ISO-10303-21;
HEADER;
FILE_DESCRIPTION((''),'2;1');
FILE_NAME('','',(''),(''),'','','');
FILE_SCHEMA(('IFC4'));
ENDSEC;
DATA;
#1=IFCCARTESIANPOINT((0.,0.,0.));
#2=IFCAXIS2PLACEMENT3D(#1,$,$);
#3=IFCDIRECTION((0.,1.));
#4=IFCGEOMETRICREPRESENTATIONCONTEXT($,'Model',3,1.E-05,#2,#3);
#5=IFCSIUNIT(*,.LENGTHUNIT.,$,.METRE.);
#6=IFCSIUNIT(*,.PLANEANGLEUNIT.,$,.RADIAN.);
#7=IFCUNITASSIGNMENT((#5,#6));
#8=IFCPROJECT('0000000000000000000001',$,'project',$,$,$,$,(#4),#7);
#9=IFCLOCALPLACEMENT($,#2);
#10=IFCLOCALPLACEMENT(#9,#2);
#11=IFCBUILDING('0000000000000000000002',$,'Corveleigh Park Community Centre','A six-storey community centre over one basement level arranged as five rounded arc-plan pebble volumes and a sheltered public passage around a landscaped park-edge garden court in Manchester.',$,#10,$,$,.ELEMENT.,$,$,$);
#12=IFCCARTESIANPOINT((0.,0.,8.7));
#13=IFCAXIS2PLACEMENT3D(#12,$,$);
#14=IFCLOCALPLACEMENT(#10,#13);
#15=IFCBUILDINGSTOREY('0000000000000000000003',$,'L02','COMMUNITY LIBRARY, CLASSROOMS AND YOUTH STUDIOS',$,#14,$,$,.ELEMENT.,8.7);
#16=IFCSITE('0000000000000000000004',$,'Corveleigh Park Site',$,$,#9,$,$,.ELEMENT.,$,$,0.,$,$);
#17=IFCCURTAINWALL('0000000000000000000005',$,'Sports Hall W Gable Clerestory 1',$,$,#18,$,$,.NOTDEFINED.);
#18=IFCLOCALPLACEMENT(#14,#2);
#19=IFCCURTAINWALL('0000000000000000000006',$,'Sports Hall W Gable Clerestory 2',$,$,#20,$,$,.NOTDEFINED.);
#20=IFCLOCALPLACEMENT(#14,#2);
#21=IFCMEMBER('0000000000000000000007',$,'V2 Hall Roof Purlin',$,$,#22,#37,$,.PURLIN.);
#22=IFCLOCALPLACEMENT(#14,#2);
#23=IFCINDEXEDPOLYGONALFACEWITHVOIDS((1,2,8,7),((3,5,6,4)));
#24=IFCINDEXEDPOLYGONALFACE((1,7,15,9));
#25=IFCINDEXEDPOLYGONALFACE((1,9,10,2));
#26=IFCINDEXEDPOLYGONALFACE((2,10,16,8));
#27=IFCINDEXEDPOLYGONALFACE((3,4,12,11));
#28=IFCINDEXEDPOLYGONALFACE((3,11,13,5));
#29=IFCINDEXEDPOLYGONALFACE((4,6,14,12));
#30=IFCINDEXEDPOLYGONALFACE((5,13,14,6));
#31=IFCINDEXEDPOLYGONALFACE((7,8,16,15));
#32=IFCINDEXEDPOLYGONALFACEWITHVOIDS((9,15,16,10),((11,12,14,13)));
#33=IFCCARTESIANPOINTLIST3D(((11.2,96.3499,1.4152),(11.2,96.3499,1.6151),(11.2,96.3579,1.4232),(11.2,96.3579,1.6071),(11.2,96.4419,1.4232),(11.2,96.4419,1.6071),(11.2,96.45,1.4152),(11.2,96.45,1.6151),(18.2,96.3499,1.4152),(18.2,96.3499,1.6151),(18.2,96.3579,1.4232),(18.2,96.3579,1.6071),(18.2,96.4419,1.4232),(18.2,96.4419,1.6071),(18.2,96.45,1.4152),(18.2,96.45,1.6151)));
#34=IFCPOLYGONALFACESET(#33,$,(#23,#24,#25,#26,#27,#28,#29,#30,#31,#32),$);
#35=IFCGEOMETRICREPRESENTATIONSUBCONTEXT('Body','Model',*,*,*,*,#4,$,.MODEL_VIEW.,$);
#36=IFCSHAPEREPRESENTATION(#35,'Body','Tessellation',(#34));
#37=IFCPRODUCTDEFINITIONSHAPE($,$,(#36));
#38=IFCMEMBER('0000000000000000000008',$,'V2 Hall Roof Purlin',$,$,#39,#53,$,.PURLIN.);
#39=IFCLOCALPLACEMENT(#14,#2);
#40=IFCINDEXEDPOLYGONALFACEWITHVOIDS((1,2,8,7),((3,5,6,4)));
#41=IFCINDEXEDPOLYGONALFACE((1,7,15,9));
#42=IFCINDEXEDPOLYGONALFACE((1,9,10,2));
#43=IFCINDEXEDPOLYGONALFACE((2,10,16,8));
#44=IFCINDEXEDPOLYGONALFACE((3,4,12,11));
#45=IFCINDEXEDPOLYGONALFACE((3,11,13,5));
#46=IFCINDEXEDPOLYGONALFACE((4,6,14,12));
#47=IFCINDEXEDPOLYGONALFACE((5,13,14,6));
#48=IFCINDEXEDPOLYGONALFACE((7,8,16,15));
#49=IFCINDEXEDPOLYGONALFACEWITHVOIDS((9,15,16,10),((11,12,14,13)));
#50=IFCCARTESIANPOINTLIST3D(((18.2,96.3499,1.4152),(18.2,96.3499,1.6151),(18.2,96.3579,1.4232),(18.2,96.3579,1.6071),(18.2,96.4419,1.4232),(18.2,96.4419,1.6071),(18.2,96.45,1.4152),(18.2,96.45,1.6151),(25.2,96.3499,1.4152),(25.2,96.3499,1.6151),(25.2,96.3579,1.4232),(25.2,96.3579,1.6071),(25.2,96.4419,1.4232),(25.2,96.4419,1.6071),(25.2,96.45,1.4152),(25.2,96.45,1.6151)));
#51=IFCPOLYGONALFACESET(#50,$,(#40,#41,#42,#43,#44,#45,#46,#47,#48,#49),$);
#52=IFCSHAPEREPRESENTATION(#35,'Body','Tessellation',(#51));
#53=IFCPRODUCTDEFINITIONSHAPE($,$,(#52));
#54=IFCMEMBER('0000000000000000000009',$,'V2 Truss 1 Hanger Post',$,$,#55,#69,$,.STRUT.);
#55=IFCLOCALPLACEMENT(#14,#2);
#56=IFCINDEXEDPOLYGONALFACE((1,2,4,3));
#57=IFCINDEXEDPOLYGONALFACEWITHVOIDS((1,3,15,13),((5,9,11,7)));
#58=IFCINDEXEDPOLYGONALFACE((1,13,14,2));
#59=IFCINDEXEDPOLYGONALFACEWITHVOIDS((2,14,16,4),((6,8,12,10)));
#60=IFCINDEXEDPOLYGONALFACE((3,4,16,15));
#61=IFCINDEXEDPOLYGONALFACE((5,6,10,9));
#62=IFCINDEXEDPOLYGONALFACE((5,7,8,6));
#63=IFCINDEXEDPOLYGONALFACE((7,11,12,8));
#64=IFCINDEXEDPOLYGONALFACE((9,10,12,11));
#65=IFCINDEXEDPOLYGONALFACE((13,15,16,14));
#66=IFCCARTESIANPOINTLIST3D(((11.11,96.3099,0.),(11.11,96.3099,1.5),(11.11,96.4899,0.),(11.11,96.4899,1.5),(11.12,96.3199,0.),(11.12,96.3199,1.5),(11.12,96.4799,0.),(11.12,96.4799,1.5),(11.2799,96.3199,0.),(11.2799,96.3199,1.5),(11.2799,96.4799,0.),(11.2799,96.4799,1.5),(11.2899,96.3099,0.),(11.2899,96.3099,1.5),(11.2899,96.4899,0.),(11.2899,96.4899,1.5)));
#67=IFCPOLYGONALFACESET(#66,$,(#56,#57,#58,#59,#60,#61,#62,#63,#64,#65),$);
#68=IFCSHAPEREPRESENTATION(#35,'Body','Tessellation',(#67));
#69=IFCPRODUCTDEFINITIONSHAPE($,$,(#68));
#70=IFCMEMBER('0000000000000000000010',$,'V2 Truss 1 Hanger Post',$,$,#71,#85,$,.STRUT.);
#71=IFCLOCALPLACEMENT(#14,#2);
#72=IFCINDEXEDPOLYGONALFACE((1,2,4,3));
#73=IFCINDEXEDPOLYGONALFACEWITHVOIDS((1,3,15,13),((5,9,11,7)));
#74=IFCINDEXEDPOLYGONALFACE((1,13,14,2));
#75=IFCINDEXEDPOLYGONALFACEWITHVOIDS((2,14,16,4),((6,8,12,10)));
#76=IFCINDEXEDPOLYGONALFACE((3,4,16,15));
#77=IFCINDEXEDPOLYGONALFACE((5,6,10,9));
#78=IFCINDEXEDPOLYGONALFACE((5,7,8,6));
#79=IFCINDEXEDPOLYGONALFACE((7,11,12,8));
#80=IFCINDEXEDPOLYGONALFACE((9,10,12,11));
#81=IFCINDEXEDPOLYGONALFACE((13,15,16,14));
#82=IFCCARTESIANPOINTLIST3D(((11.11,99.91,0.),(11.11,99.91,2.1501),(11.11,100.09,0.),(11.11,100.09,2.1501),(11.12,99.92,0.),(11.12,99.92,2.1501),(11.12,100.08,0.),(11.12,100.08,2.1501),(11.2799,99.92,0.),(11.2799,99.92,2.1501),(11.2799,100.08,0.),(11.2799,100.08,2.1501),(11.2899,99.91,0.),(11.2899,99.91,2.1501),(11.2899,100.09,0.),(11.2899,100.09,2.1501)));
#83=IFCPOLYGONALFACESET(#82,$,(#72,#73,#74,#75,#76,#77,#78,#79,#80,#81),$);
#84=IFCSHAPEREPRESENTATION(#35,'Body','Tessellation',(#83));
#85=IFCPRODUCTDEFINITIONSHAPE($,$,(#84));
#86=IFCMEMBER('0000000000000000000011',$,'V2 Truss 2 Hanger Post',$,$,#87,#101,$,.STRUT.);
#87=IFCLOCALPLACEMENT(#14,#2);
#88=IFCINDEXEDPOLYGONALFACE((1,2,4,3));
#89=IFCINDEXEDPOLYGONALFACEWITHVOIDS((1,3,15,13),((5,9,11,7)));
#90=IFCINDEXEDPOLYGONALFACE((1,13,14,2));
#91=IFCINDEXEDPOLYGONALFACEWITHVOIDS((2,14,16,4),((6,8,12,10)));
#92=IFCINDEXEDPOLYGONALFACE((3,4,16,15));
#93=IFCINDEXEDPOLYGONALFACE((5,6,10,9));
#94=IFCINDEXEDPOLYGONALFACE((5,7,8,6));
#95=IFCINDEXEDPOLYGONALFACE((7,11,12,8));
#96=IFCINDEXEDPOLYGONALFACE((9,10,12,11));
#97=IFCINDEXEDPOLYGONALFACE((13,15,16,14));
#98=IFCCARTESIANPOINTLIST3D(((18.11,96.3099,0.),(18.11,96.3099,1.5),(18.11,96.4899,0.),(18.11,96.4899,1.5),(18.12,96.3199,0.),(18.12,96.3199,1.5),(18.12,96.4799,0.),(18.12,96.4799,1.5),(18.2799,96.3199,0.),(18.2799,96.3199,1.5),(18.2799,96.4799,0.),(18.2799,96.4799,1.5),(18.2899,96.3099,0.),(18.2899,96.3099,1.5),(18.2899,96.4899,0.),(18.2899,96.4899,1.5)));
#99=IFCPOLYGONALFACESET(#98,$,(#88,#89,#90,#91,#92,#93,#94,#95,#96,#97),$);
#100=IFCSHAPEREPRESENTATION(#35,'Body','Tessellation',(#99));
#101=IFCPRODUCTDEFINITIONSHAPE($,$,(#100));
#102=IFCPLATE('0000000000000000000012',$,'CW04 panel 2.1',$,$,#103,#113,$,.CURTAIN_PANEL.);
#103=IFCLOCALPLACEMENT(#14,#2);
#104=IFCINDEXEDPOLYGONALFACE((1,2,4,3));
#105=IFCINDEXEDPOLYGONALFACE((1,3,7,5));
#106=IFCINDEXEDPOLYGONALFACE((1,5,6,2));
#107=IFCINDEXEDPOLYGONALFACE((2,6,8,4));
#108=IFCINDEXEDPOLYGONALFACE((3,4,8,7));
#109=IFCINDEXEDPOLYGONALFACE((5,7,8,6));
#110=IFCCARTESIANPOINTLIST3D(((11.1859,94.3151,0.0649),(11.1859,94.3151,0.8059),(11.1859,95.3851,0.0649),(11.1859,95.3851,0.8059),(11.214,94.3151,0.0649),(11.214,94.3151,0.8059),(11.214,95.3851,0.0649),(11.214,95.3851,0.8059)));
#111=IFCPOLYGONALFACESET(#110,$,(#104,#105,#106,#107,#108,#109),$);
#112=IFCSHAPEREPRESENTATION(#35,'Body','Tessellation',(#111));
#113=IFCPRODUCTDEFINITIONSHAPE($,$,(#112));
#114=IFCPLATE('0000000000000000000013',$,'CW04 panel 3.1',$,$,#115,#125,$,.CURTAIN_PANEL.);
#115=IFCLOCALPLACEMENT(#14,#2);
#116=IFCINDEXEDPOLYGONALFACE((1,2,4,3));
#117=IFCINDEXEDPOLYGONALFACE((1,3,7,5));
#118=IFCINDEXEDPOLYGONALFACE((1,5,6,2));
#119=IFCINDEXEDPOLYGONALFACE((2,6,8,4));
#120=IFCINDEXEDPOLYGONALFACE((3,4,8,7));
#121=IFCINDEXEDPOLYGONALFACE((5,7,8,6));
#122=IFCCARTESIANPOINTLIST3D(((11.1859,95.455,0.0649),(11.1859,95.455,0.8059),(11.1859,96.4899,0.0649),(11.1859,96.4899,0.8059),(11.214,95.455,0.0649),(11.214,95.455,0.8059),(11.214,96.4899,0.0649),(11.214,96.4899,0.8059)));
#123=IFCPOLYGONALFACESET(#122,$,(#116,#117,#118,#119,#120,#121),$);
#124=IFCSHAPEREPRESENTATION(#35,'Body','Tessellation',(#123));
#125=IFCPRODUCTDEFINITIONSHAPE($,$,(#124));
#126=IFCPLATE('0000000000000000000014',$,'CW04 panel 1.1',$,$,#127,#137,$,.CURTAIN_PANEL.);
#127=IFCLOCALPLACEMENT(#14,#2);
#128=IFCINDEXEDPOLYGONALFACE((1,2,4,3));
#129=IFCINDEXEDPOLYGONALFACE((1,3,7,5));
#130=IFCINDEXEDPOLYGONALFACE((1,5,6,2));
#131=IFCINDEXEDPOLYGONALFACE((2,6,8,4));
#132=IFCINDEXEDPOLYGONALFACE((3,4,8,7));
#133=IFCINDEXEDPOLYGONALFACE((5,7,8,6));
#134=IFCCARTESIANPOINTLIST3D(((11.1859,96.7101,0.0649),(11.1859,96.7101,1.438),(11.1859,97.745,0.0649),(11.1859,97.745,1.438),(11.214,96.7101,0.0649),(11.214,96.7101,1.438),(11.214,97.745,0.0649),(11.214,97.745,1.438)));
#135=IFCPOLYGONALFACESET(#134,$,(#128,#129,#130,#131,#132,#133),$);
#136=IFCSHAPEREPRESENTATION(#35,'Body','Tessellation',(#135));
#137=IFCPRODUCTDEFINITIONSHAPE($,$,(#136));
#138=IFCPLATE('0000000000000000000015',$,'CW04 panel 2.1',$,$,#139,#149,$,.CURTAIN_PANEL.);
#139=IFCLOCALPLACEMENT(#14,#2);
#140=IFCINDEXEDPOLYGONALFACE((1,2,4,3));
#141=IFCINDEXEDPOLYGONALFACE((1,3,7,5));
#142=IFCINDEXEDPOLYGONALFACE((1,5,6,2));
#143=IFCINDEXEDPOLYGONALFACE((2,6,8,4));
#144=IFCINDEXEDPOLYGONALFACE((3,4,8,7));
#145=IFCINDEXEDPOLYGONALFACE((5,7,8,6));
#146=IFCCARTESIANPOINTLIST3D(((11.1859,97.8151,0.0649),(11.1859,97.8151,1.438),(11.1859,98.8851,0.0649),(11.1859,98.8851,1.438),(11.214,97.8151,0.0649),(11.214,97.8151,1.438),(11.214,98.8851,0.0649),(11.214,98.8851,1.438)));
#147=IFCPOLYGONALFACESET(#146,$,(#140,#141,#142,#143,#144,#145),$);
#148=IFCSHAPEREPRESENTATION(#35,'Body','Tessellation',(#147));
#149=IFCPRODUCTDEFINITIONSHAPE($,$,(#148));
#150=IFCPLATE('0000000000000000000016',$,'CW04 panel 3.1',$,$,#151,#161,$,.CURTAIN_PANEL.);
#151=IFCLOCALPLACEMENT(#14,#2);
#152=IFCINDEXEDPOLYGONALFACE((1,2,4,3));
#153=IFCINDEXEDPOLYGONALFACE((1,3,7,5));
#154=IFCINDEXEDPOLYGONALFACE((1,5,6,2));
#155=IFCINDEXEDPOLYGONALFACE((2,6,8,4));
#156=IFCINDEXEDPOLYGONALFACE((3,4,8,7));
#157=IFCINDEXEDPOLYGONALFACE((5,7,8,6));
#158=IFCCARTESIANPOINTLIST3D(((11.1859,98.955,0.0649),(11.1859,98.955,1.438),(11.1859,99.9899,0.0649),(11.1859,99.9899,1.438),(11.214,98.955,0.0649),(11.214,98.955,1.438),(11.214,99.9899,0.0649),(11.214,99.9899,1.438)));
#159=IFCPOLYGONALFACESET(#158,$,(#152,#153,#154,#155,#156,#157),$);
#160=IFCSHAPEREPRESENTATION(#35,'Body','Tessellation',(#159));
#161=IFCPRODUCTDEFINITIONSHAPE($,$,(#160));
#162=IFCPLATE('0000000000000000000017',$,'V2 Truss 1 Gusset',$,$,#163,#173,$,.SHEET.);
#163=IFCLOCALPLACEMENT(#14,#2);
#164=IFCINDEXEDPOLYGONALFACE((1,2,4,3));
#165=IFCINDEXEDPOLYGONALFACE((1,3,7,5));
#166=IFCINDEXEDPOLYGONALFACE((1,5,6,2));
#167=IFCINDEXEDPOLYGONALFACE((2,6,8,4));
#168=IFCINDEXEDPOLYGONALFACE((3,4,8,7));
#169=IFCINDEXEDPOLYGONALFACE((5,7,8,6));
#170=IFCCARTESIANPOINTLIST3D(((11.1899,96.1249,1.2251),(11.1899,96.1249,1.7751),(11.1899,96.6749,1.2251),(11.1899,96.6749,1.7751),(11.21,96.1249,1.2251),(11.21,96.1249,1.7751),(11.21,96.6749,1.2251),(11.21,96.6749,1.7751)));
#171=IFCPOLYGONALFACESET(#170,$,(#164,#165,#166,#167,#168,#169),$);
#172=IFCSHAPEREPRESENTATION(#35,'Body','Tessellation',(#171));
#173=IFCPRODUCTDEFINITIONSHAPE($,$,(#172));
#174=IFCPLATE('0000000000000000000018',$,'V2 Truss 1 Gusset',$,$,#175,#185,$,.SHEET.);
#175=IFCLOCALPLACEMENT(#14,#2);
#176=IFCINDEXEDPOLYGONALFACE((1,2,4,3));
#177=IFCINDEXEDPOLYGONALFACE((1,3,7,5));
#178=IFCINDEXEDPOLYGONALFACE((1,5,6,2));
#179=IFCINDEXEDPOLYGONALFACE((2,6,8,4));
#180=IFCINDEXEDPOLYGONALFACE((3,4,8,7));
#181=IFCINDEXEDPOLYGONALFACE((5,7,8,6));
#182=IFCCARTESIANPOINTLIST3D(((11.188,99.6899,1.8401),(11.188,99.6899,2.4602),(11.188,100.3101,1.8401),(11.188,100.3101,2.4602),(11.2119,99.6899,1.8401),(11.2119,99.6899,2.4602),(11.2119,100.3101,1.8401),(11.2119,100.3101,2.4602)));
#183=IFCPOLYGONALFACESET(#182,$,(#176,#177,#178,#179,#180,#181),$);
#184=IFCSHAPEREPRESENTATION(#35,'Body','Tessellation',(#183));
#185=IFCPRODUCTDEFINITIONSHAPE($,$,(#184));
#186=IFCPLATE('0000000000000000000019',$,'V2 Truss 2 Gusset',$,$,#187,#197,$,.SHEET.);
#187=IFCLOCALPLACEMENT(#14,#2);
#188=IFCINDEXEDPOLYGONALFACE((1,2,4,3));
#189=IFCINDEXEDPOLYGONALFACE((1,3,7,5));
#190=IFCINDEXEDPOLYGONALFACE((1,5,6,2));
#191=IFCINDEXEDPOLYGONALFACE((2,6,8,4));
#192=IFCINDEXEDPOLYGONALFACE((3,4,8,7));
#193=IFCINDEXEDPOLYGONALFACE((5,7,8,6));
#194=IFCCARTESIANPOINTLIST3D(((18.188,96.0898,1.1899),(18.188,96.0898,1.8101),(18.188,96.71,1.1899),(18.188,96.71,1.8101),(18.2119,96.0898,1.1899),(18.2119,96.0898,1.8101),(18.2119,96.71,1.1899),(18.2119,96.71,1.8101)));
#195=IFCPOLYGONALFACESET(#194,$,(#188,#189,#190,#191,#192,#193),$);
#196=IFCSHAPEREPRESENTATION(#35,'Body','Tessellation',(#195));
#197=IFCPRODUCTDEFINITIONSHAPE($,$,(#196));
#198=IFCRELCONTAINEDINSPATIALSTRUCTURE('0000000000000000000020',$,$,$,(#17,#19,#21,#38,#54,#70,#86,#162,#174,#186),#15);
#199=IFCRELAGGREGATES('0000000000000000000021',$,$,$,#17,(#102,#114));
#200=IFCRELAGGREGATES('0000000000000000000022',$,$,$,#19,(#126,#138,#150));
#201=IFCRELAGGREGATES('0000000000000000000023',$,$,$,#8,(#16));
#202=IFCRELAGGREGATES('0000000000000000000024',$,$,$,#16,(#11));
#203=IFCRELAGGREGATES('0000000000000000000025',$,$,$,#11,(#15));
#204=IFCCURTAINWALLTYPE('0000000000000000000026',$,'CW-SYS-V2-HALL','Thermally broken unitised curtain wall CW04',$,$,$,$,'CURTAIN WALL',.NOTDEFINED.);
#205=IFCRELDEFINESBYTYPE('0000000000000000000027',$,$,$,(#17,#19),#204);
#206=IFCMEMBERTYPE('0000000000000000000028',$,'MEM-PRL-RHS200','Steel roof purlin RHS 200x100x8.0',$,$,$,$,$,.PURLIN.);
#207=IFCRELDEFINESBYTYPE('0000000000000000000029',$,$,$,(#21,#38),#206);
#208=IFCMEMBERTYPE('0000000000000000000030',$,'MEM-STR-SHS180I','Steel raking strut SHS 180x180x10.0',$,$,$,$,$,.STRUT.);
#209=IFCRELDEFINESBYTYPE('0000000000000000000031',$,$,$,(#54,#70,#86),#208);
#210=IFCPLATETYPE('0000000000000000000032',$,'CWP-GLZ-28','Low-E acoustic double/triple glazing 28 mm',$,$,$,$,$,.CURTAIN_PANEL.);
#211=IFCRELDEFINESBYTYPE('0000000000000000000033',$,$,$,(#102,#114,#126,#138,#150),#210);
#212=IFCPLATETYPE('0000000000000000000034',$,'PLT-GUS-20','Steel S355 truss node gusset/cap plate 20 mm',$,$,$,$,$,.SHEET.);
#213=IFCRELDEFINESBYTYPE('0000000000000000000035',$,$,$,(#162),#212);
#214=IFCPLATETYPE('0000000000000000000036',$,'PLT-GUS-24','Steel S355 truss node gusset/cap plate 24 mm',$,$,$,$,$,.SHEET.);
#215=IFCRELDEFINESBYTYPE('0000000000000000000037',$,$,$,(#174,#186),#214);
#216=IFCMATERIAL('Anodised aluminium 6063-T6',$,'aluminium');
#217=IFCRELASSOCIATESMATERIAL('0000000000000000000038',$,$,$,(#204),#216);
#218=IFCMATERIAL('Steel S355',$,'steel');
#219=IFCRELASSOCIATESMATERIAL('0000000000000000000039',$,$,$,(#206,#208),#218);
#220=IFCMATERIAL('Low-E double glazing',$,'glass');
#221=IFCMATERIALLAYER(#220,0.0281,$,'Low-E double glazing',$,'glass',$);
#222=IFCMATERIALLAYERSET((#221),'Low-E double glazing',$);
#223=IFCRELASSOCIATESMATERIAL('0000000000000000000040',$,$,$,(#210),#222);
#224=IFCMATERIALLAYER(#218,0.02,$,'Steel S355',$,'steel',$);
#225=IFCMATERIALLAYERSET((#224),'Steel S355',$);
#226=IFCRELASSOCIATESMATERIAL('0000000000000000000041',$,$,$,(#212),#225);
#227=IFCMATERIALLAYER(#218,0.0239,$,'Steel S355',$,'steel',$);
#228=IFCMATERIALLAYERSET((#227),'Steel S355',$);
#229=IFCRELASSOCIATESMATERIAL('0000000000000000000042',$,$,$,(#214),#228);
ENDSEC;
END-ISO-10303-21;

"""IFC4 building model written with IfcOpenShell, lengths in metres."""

from ifc_helpers import new_model, si_unit, direction, frame, origin, origin_2d, place, context, subcontext, project, spatial, rectangle, hollow_rectangle, extrude, material, layer, layer_set, material_profile, profile_set, type_object, element, aggregate, save


model = new_model("IFC4")

# Units and contexts
model_context = context("Model", 3, precision=1e-05, world=origin(), true_north=direction((0.0, 1.0)))
body_context = subcontext(model_context, "Body", "Model", "MODEL_VIEW")
ifc_project = project(units=[si_unit("LENGTHUNIT", "METRE"), si_unit("PLANEANGLEUNIT", "RADIAN")], contexts=[model_context])

# Site, building, storey
site_placement = place(None, origin())
site = spatial("IfcSite", under=ifc_project, at=site_placement, Name="Corveleigh Park Site", CompositionType="ELEMENT", RefElevation=0.0)
building_placement = place(site_placement, origin())
building = spatial("IfcBuilding", under=site, at=building_placement, Name="Corveleigh Park Community Centre", Description="A six-storey community centre over one basement level arranged as five rounded arc-plan pebble volumes and a sheltered public passage around a landscaped park-edge garden court in Manchester.", CompositionType="ELEMENT")
storey_placement = place(building_placement, frame((0.0, 0.0, 8.7)))
storey = spatial("IfcBuildingStorey", under=building, at=storey_placement, Name="L02", Description="COMMUNITY LIBRARY, CLASSROOMS AND YOUTH STUDIOS", CompositionType="ELEMENT", Elevation=8.7)

# Curtain walls
ifc_material_1 = material(Name="Anodised aluminium 6063-T6", Category="aluminium")
curtain_wall_type = type_object("IfcCurtainWallType", Name="CW-SYS-V2-HALL", Description="Thermally broken unitised curtain wall CW04", ElementType="CURTAIN WALL", PredefinedType="NOTDEFINED", material=ifc_material_1)
curtain_wall_1_placement = place(storey_placement, origin())
curtain_wall_1 = element("IfcCurtainWall", 1, at=curtain_wall_1_placement, inside=storey, type_object=curtain_wall_type, Name="Sports Hall W Gable Clerestory 1", PredefinedType="NOTDEFINED")
curtain_wall_2_placement = place(storey_placement, origin())
curtain_wall_2 = element("IfcCurtainWall", 2, at=curtain_wall_2_placement, inside=storey, type_object=curtain_wall_type, Name="Sports Hall W Gable Clerestory 2", PredefinedType="NOTDEFINED")

# Members
ifc_material_2 = material(Name="Steel S355", Category="steel")
ifc_material_profile_1 = material_profile(ifc_material_2, hollow_rectangle(XDim=0.1001, YDim=0.2, WallThickness=0.0081, at=origin_2d()), Name="RHS 200x100x8.0", Category="steel")
ifc_profile_set_1 = profile_set([ifc_material_profile_1], Name="Steel S355")
member_type_1 = type_object("IfcMemberType", Name="MEM-PRL-RHS200", Description="Steel roof purlin RHS 200x100x8.0", PredefinedType="PURLIN", material=ifc_profile_set_1)
for number, where, z_axis, x_axis, name in (
    (3, (11.2, 96.3999, 1.5151), (1.0, 0.0, 0.0), (0.0, 1.0, 0.0), "V2 Hall Roof Purlin"),
    (4, (18.2, 96.3999, 1.5151), (1.0, 0.0, 0.0), (0.0, 1.0, 0.0), "V2 Hall Roof Purlin"),
):
    element("IfcMember", number, at=place(storey_placement, frame(where, z_axis=z_axis, x_axis=x_axis)), inside=storey, type_object=member_type_1, Name=name, PredefinedType="PURLIN", context=body_context, shape_type="SweptSolid", body=[
        extrude(hollow_rectangle(XDim=0.1001, YDim=0.2, WallThickness=0.0081, at=origin_2d()), origin(), (0.0, 0.0, 1.0), 7.0),
    ])
ifc_material_profile_2 = material_profile(ifc_material_2, hollow_rectangle(XDim=0.1799, YDim=0.1799, WallThickness=0.01, at=origin_2d()), Name="SHS 180x180x10.0", Category="steel")
ifc_profile_set_2 = profile_set([ifc_material_profile_2], Name="Steel S355")
member_type_2 = type_object("IfcMemberType", Name="MEM-STR-SHS180I", Description="Steel raking strut SHS 180x180x10.0", PredefinedType="STRUT", material=ifc_profile_set_2)
member_1_placement = place(storey_placement, frame((11.2, 96.3999, 0.0), z_axis=(0.0, 0.0, 1.0), x_axis=(1.0, 0.0, 0.0)))
element("IfcMember", 5, at=member_1_placement, inside=storey, type_object=member_type_2, Name="V2 Truss 1 Hanger Post", PredefinedType="STRUT", context=body_context, shape_type="SweptSolid", body=[
    extrude(hollow_rectangle(XDim=0.1799, YDim=0.1799, WallThickness=0.01, at=origin_2d()), origin(), (0.0, 0.0, 1.0), 1.5),
])
member_2_placement = place(storey_placement, frame((11.2, 100.0, 0.0), z_axis=(0.0, 0.0, 1.0), x_axis=(1.0, 0.0, 0.0)))
element("IfcMember", 6, at=member_2_placement, inside=storey, type_object=member_type_2, Name="V2 Truss 1 Hanger Post", PredefinedType="STRUT", context=body_context, shape_type="SweptSolid", body=[
    extrude(hollow_rectangle(XDim=0.1799, YDim=0.1799, WallThickness=0.01, at=origin_2d()), origin(), (0.0, 0.0, 1.0), 2.1501),
])
member_3_placement = place(storey_placement, frame((18.2, 96.3999, 0.0), z_axis=(0.0, 0.0, 1.0), x_axis=(1.0, 0.0, 0.0)))
element("IfcMember", 7, at=member_3_placement, inside=storey, type_object=member_type_2, Name="V2 Truss 2 Hanger Post", PredefinedType="STRUT", context=body_context, shape_type="SweptSolid", body=[
    extrude(hollow_rectangle(XDim=0.1799, YDim=0.1799, WallThickness=0.01, at=origin_2d()), origin(), (0.0, 0.0, 1.0), 1.5),
])

# Plates
ifc_material_3 = material(Name="Low-E double glazing", Category="glass")
ifc_layer_1 = layer(ifc_material_3, 0.0281, Name="Low-E double glazing", Category="glass")
ifc_layer_set_1 = layer_set([ifc_layer_1], Name="Low-E double glazing")
plate_type_1 = type_object("IfcPlateType", Name="CWP-GLZ-28", Description="Low-E acoustic double/triple glazing 28 mm", PredefinedType="CURTAIN_PANEL", material=ifc_layer_set_1)
plate_1_placement = place(storey_placement, frame((11.2, 94.8501, 0.0649), z_axis=(0.0, 0.0, 1.0), x_axis=(0.0, 1.0, 0.0)))
plate_1 = element("IfcPlate", 8, at=plate_1_placement, type_object=plate_type_1, Name="CW04 panel 2.1", PredefinedType="CURTAIN_PANEL", context=body_context, shape_type="SweptSolid", body=[
    extrude(rectangle(XDim=1.0701, YDim=0.0281, at=origin_2d()), origin(), (0.0, 0.0, 1.0), 0.741),
])
plate_2_placement = place(storey_placement, frame((11.2, 95.9724, 0.0649), z_axis=(0.0, 0.0, 1.0), x_axis=(0.0, 1.0, 0.0)))
plate_2 = element("IfcPlate", 9, at=plate_2_placement, type_object=plate_type_1, Name="CW04 panel 3.1", PredefinedType="CURTAIN_PANEL", context=body_context, shape_type="SweptSolid", body=[
    extrude(rectangle(XDim=1.0349, YDim=0.0281, at=origin_2d()), origin(), (0.0, 0.0, 1.0), 0.741),
])
aggregate(curtain_wall_1, [plate_1, plate_2])
plate_3_placement = place(storey_placement, frame((11.2, 97.2275, 0.0649), z_axis=(0.0, 0.0, 1.0), x_axis=(0.0, 1.0, 0.0)))
plate_3 = element("IfcPlate", 10, at=plate_3_placement, type_object=plate_type_1, Name="CW04 panel 1.1", PredefinedType="CURTAIN_PANEL", context=body_context, shape_type="SweptSolid", body=[
    extrude(rectangle(XDim=1.0349, YDim=0.0281, at=origin_2d()), origin(), (0.0, 0.0, 1.0), 1.373),
])
plate_4_placement = place(storey_placement, frame((11.2, 98.3501, 0.0649), z_axis=(0.0, 0.0, 1.0), x_axis=(0.0, 1.0, 0.0)))
plate_4 = element("IfcPlate", 11, at=plate_4_placement, type_object=plate_type_1, Name="CW04 panel 2.1", PredefinedType="CURTAIN_PANEL", context=body_context, shape_type="SweptSolid", body=[
    extrude(rectangle(XDim=1.0701, YDim=0.0281, at=origin_2d()), origin(), (0.0, 0.0, 1.0), 1.373),
])
plate_5_placement = place(storey_placement, frame((11.2, 99.4724, 0.0649), z_axis=(0.0, 0.0, 1.0), x_axis=(0.0, 1.0, 0.0)))
plate_5 = element("IfcPlate", 12, at=plate_5_placement, type_object=plate_type_1, Name="CW04 panel 3.1", PredefinedType="CURTAIN_PANEL", context=body_context, shape_type="SweptSolid", body=[
    extrude(rectangle(XDim=1.0349, YDim=0.0281, at=origin_2d()), origin(), (0.0, 0.0, 1.0), 1.373),
])
aggregate(curtain_wall_2, [plate_3, plate_4, plate_5])

# Plates
ifc_layer_2 = layer(ifc_material_2, 0.02, Name="Steel S355", Category="steel")
ifc_layer_set_2 = layer_set([ifc_layer_2], Name="Steel S355")
plate_type_2 = type_object("IfcPlateType", Name="PLT-GUS-20", Description="Steel S355 truss node gusset/cap plate 20 mm", PredefinedType="SHEET", material=ifc_layer_set_2)
plate_6_placement = place(storey_placement, frame((11.2, 96.3999, 1.2251), z_axis=(0.0, 0.0, 1.0), x_axis=(0.0, 1.0, 0.0)))
element("IfcPlate", 13, at=plate_6_placement, inside=storey, type_object=plate_type_2, Name="V2 Truss 1 Gusset", PredefinedType="SHEET", context=body_context, shape_type="SweptSolid", body=[
    extrude(rectangle(XDim=0.55, YDim=0.02, at=origin_2d()), origin(), (0.0, 0.0, 1.0), 0.55),
])
ifc_layer_3 = layer(ifc_material_2, 0.0239, Name="Steel S355", Category="steel")
ifc_layer_set_3 = layer_set([ifc_layer_3], Name="Steel S355")
plate_type_3 = type_object("IfcPlateType", Name="PLT-GUS-24", Description="Steel S355 truss node gusset/cap plate 24 mm", PredefinedType="SHEET", material=ifc_layer_set_3)
for number, where, z_axis, x_axis, name in (
    (14, (11.2, 100.0, 1.8401), (0.0, 0.0, 1.0), (0.0, 1.0, 0.0), "V2 Truss 1 Gusset"),
    (15, (18.2, 96.3999, 1.1899), (0.0, 0.0, 1.0), (0.0, 1.0, 0.0), "V2 Truss 2 Gusset"),
):
    element("IfcPlate", number, at=place(storey_placement, frame(where, z_axis=z_axis, x_axis=x_axis)), inside=storey, type_object=plate_type_3, Name=name, PredefinedType="SHEET", context=body_context, shape_type="SweptSolid", body=[
        extrude(rectangle(XDim=0.6201, YDim=0.0239, at=origin_2d()), origin(), (0.0, 0.0, 1.0), 0.6201),
    ])

save(model, "model.ifc")
